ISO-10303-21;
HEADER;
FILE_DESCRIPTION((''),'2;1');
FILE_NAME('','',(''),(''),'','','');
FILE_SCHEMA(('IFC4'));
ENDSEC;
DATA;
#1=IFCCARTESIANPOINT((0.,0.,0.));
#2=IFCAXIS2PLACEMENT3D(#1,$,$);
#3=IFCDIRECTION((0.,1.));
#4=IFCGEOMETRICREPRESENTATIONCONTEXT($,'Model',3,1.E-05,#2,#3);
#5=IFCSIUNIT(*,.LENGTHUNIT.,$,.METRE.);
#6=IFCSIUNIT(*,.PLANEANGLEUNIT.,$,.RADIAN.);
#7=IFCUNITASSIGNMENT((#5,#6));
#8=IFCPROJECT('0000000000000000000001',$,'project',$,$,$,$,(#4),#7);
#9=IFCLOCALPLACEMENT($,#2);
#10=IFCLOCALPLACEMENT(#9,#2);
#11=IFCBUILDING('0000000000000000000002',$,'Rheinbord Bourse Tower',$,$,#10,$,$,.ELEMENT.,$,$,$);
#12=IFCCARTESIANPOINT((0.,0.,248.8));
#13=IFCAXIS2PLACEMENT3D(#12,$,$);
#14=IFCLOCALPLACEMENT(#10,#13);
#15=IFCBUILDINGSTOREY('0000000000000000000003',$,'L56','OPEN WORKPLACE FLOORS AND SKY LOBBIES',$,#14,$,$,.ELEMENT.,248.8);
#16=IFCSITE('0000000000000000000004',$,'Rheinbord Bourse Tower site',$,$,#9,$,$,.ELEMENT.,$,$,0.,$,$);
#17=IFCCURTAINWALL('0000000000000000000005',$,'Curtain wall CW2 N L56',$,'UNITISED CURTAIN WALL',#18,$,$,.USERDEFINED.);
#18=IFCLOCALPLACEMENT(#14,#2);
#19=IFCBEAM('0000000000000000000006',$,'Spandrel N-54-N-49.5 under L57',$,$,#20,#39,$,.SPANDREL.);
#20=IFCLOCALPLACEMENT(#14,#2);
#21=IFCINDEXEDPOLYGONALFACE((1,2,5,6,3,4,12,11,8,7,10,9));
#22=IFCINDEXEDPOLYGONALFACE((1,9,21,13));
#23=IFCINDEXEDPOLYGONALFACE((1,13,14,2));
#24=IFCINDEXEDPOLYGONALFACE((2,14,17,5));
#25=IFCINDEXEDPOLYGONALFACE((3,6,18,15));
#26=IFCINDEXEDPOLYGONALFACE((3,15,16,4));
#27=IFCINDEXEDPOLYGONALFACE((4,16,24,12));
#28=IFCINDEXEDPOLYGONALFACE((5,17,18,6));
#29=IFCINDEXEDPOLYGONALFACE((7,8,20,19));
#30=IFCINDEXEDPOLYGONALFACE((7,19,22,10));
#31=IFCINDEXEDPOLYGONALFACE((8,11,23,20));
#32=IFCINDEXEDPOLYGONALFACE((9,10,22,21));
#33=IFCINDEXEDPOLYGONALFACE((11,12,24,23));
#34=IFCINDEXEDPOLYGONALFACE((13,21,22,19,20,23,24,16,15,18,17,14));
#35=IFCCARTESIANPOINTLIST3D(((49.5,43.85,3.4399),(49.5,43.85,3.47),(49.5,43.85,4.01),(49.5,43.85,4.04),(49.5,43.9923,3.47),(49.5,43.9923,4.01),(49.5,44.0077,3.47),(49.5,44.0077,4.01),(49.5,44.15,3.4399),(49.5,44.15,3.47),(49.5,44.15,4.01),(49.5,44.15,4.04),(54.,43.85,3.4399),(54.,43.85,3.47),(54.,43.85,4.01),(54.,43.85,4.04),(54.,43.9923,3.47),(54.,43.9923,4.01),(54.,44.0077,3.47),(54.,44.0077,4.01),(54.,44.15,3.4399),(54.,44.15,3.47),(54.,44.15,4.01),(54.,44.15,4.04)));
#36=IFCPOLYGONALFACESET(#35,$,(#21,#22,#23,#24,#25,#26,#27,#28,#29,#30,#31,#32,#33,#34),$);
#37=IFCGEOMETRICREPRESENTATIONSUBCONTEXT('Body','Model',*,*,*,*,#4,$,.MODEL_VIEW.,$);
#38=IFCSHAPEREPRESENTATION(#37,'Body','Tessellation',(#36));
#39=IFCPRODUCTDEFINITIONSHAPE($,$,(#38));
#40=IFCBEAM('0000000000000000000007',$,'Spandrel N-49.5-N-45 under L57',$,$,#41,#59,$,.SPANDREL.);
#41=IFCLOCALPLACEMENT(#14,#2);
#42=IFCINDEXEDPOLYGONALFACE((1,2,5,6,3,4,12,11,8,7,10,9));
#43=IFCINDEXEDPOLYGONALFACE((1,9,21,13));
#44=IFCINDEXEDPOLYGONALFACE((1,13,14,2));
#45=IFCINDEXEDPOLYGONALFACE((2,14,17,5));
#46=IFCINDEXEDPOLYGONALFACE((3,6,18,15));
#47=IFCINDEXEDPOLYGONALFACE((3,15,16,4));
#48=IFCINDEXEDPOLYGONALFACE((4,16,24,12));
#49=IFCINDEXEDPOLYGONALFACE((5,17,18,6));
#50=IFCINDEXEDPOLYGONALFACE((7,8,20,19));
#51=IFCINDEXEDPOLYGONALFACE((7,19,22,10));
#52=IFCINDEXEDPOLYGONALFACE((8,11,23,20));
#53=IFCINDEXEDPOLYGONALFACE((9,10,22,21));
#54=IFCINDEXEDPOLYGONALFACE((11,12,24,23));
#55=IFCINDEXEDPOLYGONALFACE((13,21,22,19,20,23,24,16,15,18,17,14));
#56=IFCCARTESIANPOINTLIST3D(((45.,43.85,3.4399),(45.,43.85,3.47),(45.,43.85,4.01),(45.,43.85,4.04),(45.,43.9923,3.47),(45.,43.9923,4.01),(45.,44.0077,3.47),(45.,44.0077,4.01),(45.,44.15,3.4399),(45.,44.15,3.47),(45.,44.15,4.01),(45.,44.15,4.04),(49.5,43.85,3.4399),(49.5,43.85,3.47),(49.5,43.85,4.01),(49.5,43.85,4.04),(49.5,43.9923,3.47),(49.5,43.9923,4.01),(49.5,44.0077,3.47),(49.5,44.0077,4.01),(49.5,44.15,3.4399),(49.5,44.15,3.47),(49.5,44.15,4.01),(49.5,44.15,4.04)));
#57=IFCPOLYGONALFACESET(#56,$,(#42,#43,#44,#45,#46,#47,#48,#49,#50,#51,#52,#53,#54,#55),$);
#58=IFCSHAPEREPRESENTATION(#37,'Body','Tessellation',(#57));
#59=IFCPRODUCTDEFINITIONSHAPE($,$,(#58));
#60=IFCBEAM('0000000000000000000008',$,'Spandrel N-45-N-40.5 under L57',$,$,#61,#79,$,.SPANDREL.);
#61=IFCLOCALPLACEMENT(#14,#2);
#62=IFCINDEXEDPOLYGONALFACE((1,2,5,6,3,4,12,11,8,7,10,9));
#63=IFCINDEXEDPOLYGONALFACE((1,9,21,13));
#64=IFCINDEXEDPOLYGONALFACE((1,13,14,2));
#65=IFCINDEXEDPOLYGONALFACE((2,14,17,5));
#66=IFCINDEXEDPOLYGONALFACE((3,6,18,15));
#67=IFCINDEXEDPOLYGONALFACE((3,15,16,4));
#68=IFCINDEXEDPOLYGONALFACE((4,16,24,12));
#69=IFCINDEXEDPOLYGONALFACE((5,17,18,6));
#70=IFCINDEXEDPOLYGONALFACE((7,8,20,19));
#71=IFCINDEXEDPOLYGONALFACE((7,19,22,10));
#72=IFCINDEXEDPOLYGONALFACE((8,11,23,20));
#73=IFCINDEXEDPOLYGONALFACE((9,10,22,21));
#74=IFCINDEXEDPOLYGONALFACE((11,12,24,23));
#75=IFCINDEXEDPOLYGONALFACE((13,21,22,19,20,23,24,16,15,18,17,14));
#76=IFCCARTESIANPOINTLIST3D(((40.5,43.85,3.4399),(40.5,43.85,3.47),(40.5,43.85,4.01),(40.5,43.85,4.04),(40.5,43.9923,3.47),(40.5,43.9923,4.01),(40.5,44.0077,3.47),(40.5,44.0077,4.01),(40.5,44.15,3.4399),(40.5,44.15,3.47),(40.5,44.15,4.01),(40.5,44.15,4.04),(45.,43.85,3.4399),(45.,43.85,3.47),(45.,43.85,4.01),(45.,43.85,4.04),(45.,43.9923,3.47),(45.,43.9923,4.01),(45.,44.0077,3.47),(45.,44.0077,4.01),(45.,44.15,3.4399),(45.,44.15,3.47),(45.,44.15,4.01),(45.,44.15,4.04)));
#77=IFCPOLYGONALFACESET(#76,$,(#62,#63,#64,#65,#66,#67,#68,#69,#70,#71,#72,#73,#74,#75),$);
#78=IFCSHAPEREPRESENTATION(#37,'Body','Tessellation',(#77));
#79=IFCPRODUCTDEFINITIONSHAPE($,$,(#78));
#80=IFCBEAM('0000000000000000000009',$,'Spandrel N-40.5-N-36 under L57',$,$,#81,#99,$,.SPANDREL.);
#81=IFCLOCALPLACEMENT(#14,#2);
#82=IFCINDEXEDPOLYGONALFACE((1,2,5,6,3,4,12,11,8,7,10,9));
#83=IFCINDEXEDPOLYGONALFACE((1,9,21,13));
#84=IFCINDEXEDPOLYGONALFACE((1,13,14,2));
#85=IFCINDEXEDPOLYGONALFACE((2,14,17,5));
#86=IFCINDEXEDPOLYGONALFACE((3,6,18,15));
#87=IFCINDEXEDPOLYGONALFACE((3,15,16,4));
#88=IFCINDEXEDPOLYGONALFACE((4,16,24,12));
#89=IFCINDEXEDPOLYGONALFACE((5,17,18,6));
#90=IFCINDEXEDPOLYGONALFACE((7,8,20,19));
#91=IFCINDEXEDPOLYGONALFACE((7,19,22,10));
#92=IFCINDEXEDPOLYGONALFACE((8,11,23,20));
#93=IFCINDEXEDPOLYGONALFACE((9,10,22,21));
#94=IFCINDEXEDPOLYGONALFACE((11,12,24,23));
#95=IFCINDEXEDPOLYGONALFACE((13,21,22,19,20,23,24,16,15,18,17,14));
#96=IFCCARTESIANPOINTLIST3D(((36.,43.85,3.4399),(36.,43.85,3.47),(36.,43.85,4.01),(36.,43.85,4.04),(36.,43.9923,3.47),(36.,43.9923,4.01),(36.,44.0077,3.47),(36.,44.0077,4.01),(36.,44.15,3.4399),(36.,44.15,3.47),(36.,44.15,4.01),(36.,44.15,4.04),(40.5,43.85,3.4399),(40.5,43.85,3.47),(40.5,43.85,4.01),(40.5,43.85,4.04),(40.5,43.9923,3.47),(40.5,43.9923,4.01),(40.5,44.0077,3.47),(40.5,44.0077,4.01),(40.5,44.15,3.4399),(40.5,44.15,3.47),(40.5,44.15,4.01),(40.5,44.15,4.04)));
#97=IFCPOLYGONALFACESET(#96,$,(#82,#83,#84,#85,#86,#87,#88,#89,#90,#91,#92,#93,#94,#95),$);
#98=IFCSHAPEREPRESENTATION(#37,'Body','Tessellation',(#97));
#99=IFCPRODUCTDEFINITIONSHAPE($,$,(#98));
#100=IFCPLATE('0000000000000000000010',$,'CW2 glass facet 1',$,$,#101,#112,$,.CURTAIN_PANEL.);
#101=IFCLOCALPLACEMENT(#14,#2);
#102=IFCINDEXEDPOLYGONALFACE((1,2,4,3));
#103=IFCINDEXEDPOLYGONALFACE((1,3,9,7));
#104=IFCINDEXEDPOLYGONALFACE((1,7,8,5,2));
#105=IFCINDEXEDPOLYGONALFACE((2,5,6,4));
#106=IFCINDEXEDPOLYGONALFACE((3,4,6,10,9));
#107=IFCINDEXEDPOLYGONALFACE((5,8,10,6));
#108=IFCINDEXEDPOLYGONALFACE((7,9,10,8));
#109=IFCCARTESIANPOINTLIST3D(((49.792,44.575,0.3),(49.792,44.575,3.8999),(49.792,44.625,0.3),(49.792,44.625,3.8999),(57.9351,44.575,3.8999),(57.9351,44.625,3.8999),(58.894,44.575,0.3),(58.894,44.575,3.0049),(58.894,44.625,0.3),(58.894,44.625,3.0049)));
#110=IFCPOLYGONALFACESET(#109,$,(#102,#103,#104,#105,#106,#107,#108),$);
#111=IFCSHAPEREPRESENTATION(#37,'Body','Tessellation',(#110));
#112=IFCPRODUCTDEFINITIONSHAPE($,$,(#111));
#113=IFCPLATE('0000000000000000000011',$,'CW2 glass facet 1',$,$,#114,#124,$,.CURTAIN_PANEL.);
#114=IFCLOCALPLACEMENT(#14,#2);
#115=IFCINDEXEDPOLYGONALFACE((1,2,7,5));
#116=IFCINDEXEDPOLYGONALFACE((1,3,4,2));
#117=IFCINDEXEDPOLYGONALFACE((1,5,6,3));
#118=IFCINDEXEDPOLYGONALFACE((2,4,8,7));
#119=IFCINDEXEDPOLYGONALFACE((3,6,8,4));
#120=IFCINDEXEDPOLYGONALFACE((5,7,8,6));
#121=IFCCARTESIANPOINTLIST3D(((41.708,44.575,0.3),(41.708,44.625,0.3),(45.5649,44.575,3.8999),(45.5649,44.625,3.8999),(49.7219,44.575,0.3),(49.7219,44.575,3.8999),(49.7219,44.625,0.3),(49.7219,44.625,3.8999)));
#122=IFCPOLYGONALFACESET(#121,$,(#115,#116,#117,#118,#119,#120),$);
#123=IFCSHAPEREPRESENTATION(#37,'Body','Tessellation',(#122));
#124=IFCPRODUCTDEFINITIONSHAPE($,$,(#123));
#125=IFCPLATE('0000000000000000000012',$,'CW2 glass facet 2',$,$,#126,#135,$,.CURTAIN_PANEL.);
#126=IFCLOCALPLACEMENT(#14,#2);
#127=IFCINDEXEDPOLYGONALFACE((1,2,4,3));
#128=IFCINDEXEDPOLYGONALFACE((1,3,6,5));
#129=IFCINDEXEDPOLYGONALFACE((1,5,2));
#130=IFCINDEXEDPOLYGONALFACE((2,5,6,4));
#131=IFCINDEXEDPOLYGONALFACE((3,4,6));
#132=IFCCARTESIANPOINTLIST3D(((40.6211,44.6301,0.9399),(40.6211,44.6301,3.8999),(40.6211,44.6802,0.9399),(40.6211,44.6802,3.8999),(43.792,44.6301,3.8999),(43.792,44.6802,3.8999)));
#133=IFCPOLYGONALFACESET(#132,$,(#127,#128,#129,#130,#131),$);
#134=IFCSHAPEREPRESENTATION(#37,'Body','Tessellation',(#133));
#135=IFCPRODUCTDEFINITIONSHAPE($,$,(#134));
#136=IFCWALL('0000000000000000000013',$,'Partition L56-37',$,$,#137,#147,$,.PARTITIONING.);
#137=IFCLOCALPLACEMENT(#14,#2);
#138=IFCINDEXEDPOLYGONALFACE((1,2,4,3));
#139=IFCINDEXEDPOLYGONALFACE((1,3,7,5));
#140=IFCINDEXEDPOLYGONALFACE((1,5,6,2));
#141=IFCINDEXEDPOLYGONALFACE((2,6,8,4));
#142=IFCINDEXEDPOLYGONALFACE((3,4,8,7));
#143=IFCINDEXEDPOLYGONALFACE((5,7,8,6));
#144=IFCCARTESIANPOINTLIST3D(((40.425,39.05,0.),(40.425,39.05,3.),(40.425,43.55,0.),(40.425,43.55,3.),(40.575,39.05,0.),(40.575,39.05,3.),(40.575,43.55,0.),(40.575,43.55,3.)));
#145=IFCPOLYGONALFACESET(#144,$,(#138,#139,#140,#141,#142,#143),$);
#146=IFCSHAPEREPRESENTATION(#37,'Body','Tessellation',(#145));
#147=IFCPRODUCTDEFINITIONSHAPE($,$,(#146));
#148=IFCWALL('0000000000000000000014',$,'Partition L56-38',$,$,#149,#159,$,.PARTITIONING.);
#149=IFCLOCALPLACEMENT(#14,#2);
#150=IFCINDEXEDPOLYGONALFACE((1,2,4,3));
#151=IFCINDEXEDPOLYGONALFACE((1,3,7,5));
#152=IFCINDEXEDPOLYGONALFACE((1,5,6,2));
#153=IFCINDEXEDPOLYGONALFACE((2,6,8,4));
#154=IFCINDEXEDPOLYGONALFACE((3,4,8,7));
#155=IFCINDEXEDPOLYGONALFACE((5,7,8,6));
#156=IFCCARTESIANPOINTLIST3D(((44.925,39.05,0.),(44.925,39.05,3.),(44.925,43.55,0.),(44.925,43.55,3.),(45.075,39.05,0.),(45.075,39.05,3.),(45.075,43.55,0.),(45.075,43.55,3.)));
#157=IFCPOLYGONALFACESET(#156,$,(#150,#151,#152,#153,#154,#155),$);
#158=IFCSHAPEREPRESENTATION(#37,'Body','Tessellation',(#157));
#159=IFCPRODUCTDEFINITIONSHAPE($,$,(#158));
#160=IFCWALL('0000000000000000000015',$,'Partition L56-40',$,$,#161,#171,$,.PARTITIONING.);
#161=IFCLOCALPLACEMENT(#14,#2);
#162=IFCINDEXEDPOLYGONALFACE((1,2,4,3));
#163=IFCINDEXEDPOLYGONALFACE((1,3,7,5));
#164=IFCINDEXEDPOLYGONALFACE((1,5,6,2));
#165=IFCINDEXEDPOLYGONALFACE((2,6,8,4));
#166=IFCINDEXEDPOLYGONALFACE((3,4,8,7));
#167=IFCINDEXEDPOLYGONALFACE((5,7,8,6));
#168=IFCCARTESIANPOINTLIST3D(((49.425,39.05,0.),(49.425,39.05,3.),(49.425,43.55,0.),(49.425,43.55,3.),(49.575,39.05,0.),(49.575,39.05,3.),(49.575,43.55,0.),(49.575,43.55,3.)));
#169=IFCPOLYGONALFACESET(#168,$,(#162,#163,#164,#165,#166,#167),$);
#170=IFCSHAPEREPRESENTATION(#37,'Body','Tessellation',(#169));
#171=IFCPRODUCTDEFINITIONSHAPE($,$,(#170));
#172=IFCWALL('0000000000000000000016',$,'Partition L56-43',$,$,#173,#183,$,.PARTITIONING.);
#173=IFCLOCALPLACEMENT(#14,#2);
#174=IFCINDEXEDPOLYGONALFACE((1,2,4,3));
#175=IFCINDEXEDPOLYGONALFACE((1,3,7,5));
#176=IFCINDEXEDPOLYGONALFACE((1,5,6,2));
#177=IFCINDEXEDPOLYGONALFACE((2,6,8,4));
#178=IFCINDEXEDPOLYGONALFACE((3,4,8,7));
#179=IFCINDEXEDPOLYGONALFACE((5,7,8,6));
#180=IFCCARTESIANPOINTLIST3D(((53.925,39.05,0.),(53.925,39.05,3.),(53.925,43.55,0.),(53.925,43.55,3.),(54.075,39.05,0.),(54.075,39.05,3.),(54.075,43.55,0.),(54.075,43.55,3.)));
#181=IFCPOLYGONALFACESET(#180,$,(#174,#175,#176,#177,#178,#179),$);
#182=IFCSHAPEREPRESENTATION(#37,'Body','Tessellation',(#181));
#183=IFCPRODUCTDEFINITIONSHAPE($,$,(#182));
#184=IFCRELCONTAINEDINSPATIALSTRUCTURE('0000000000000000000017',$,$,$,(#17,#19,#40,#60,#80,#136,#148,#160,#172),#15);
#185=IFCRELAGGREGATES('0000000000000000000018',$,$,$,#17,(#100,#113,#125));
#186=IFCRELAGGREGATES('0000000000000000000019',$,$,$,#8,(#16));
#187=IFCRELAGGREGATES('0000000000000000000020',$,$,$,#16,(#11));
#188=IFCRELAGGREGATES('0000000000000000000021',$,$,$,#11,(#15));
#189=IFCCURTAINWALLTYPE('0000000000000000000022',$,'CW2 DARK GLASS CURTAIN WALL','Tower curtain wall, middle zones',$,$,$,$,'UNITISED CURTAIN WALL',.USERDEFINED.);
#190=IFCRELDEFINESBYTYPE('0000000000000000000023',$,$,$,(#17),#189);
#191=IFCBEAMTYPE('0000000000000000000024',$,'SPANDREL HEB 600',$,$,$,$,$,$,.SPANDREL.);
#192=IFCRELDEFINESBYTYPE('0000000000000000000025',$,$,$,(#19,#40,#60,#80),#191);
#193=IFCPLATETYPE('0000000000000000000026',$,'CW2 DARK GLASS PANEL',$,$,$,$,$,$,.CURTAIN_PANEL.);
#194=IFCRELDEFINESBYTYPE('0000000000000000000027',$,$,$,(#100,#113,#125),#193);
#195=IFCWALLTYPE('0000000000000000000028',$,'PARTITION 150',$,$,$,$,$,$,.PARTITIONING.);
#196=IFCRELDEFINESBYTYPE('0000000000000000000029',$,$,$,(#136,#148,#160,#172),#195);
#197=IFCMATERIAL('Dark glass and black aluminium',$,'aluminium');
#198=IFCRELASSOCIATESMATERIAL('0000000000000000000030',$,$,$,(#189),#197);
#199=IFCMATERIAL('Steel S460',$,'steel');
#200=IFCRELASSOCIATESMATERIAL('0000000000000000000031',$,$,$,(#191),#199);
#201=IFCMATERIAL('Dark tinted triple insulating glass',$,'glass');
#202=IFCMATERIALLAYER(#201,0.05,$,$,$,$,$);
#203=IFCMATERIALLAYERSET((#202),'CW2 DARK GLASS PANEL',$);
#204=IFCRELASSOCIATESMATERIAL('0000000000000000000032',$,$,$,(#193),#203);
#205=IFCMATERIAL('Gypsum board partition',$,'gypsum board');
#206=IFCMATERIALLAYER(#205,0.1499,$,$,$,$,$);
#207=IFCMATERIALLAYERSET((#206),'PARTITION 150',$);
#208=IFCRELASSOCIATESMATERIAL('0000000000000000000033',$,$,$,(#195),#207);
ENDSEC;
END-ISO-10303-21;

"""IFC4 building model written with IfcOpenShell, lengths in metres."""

from ifc_helpers import new_model, si_unit, direction, frame, frame_2d, origin, origin_2d, place, context, subcontext, project, spatial, polyline, rectangle, i_section, outline, extrude, material, layer, layer_set, material_profile, profile_set, type_object, element, aggregate, save


model = new_model("IFC4")

# Units and contexts
model_context = context("Model", 3, precision=1e-05, world=origin(), true_north=direction((0.0, 1.0)))
body_context = subcontext(model_context, "Body", "Model", "MODEL_VIEW")
ifc_project = project(units=[si_unit("LENGTHUNIT", "METRE"), si_unit("PLANEANGLEUNIT", "RADIAN")], contexts=[model_context])

# Site, building, storey
site_placement = place(None, origin())
site = spatial("IfcSite", under=ifc_project, at=site_placement, Name="Rheinbord Bourse Tower site", CompositionType="ELEMENT", RefElevation=0.0)
building_placement = place(site_placement, origin())
building = spatial("IfcBuilding", under=site, at=building_placement, Name="Rheinbord Bourse Tower", CompositionType="ELEMENT")
storey_placement = place(building_placement, frame((0.0, 0.0, 248.8)))
storey = spatial("IfcBuildingStorey", under=building, at=storey_placement, Name="L56", Description="OPEN WORKPLACE FLOORS AND SKY LOBBIES", CompositionType="ELEMENT", Elevation=248.8)

# Curtain wall
ifc_material_1 = material(Name="Dark glass and black aluminium", Category="aluminium")
curtain_wall_type = type_object("IfcCurtainWallType", Name="CW2 DARK GLASS CURTAIN WALL", Description="Tower curtain wall, middle zones", ElementType="UNITISED CURTAIN WALL", PredefinedType="USERDEFINED", material=ifc_material_1)
curtain_wall_placement = place(storey_placement, origin())
curtain_wall = element("IfcCurtainWall", 1, at=curtain_wall_placement, inside=storey, type_object=curtain_wall_type, Name="Curtain wall CW2 N L56", ObjectType="UNITISED CURTAIN WALL", PredefinedType="USERDEFINED")

# Beams
ifc_material_2 = material(Name="Steel S460", Category="steel")
ifc_material_profile_1 = material_profile(ifc_material_2, i_section(OverallWidth=0.3, OverallDepth=0.6001, WebThickness=0.0154, FlangeThickness=0.03, at=origin_2d()), Name="HEB 600")
ifc_profile_set_1 = profile_set([ifc_material_profile_1], Name="Steel S460")
beam_type_1 = type_object("IfcBeamType", Name="SPANDREL HEB 600", PredefinedType="SPANDREL", material=ifc_profile_set_1)
for number, where, z_axis, x_axis, name in (
    (2, (54.0, 44.0, 3.74), (-1.0, 0.0, 0.0), (0.0, -1.0, 0.0), "Spandrel N-54-N-49.5 under L57"),
    (3, (49.5, 44.0, 3.74), (-1.0, 0.0, 0.0), (0.0, -1.0, 0.0), "Spandrel N-49.5-N-45 under L57"),
    (4, (45.0, 44.0, 3.74), (-1.0, 0.0, 0.0), (0.0, -1.0, 0.0), "Spandrel N-45-N-40.5 under L57"),
    (5, (40.5, 44.0, 3.74), (-1.0, 0.0, 0.0), (0.0, -1.0, 0.0), "Spandrel N-40.5-N-36 under L57"),
):
    element("IfcBeam", number, at=place(storey_placement, frame(where, z_axis=z_axis, x_axis=x_axis)), inside=storey, type_object=beam_type_1, Name=name, PredefinedType="SPANDREL", context=body_context, shape_type="SweptSolid", body=[
        extrude(i_section(OverallWidth=0.3, OverallDepth=0.6001, WebThickness=0.0154, FlangeThickness=0.03, at=origin_2d()), origin(), (0.0, 0.0, 1.0), 4.5),
    ])

# Plates
ifc_material_3 = material(Name="Dark tinted triple insulating glass", Category="glass")
ifc_layer_1 = layer(ifc_material_3, 0.05)
ifc_layer_set_1 = layer_set([ifc_layer_1], Name="CW2 DARK GLASS PANEL")
plate_type = type_object("IfcPlateType", Name="CW2 DARK GLASS PANEL", PredefinedType="CURTAIN_PANEL", material=ifc_layer_set_1)
plate_1_placement = place(storey_placement, frame((49.792, 44.625, 3.8999), z_axis=(0.0, -1.0, 0.0), x_axis=(0.0, 0.0, -1.0)))
plate_1 = element("IfcPlate", 6, at=plate_1_placement, type_object=plate_type, Name="CW2 glass facet 1", PredefinedType="CURTAIN_PANEL", context=body_context, shape_type="SweptSolid", body=[
    extrude(outline(polyline([(0.0, 0.0), (3.5999, 0.0), (3.5999, 9.1021), (0.895, 9.1021), (0.0, 8.1431), (0.0, 0.0)])), origin(), (0.0, 0.0, 1.0), 0.05),
])
plate_2_placement = place(storey_placement, frame((49.7219, 44.625, 0.3), z_axis=(0.0, -1.0, 0.0), x_axis=(0.0, 0.0, 1.0)))
plate_2 = element("IfcPlate", 7, at=plate_2_placement, type_object=plate_type, Name="CW2 glass facet 1", PredefinedType="CURTAIN_PANEL", context=body_context, shape_type="SweptSolid", body=[
    extrude(outline(polyline([(0.0, 0.0), (3.5999, 0.0), (3.5999, 4.157), (0.0, 8.0139), (0.0, 0.0)])), origin(), (0.0, 0.0, 1.0), 0.05),
])
plate_3_placement = place(storey_placement, frame((40.6211, 44.6802, 3.8999), z_axis=(0.0, -1.0, 0.0), x_axis=(0.0, 0.0, -1.0)))
plate_3 = element("IfcPlate", 8, at=plate_3_placement, type_object=plate_type, Name="CW2 glass facet 2", PredefinedType="CURTAIN_PANEL", context=body_context, shape_type="SweptSolid", body=[
    extrude(outline(polyline([(0.0, 0.0), (2.96, 0.0), (0.0, 3.1709), (0.0, 0.0)])), origin(), (0.0, 0.0, 1.0), 0.05),
])
aggregate(curtain_wall, [plate_1, plate_2, plate_3])

# Walls
ifc_material_4 = material(Name="Gypsum board partition", Category="gypsum board")
ifc_layer_2 = layer(ifc_material_4, 0.1499)
ifc_layer_set_2 = layer_set([ifc_layer_2], Name="PARTITION 150")
wall_type = type_object("IfcWallType", Name="PARTITION 150", PredefinedType="PARTITIONING", material=ifc_layer_set_2)
for number, where, z_axis, x_axis, name in (
    (9, (40.5, 39.05, 0.0), (0.0, 0.0, 1.0), (0.0, 1.0, 0.0), "Partition L56-37"),
    (10, (45.0, 39.05, 0.0), (0.0, 0.0, 1.0), (0.0, 1.0, 0.0), "Partition L56-38"),
    (11, (49.5, 39.05, 0.0), (0.0, 0.0, 1.0), (0.0, 1.0, 0.0), "Partition L56-40"),
    (12, (54.0, 39.05, 0.0), (0.0, 0.0, 1.0), (0.0, 1.0, 0.0), "Partition L56-43"),
):
    element("IfcWall", number, at=place(storey_placement, frame(where, z_axis=z_axis, x_axis=x_axis)), inside=storey, type_object=wall_type, Name=name, PredefinedType="PARTITIONING", context=body_context, shape_type="SweptSolid", body=[
        extrude(rectangle(XDim=4.5, YDim=0.1499, at=frame_2d((2.25, 0.0))), origin(), (0.0, 0.0, 1.0), 3.0),
    ])

save(model, "model.ifc")
